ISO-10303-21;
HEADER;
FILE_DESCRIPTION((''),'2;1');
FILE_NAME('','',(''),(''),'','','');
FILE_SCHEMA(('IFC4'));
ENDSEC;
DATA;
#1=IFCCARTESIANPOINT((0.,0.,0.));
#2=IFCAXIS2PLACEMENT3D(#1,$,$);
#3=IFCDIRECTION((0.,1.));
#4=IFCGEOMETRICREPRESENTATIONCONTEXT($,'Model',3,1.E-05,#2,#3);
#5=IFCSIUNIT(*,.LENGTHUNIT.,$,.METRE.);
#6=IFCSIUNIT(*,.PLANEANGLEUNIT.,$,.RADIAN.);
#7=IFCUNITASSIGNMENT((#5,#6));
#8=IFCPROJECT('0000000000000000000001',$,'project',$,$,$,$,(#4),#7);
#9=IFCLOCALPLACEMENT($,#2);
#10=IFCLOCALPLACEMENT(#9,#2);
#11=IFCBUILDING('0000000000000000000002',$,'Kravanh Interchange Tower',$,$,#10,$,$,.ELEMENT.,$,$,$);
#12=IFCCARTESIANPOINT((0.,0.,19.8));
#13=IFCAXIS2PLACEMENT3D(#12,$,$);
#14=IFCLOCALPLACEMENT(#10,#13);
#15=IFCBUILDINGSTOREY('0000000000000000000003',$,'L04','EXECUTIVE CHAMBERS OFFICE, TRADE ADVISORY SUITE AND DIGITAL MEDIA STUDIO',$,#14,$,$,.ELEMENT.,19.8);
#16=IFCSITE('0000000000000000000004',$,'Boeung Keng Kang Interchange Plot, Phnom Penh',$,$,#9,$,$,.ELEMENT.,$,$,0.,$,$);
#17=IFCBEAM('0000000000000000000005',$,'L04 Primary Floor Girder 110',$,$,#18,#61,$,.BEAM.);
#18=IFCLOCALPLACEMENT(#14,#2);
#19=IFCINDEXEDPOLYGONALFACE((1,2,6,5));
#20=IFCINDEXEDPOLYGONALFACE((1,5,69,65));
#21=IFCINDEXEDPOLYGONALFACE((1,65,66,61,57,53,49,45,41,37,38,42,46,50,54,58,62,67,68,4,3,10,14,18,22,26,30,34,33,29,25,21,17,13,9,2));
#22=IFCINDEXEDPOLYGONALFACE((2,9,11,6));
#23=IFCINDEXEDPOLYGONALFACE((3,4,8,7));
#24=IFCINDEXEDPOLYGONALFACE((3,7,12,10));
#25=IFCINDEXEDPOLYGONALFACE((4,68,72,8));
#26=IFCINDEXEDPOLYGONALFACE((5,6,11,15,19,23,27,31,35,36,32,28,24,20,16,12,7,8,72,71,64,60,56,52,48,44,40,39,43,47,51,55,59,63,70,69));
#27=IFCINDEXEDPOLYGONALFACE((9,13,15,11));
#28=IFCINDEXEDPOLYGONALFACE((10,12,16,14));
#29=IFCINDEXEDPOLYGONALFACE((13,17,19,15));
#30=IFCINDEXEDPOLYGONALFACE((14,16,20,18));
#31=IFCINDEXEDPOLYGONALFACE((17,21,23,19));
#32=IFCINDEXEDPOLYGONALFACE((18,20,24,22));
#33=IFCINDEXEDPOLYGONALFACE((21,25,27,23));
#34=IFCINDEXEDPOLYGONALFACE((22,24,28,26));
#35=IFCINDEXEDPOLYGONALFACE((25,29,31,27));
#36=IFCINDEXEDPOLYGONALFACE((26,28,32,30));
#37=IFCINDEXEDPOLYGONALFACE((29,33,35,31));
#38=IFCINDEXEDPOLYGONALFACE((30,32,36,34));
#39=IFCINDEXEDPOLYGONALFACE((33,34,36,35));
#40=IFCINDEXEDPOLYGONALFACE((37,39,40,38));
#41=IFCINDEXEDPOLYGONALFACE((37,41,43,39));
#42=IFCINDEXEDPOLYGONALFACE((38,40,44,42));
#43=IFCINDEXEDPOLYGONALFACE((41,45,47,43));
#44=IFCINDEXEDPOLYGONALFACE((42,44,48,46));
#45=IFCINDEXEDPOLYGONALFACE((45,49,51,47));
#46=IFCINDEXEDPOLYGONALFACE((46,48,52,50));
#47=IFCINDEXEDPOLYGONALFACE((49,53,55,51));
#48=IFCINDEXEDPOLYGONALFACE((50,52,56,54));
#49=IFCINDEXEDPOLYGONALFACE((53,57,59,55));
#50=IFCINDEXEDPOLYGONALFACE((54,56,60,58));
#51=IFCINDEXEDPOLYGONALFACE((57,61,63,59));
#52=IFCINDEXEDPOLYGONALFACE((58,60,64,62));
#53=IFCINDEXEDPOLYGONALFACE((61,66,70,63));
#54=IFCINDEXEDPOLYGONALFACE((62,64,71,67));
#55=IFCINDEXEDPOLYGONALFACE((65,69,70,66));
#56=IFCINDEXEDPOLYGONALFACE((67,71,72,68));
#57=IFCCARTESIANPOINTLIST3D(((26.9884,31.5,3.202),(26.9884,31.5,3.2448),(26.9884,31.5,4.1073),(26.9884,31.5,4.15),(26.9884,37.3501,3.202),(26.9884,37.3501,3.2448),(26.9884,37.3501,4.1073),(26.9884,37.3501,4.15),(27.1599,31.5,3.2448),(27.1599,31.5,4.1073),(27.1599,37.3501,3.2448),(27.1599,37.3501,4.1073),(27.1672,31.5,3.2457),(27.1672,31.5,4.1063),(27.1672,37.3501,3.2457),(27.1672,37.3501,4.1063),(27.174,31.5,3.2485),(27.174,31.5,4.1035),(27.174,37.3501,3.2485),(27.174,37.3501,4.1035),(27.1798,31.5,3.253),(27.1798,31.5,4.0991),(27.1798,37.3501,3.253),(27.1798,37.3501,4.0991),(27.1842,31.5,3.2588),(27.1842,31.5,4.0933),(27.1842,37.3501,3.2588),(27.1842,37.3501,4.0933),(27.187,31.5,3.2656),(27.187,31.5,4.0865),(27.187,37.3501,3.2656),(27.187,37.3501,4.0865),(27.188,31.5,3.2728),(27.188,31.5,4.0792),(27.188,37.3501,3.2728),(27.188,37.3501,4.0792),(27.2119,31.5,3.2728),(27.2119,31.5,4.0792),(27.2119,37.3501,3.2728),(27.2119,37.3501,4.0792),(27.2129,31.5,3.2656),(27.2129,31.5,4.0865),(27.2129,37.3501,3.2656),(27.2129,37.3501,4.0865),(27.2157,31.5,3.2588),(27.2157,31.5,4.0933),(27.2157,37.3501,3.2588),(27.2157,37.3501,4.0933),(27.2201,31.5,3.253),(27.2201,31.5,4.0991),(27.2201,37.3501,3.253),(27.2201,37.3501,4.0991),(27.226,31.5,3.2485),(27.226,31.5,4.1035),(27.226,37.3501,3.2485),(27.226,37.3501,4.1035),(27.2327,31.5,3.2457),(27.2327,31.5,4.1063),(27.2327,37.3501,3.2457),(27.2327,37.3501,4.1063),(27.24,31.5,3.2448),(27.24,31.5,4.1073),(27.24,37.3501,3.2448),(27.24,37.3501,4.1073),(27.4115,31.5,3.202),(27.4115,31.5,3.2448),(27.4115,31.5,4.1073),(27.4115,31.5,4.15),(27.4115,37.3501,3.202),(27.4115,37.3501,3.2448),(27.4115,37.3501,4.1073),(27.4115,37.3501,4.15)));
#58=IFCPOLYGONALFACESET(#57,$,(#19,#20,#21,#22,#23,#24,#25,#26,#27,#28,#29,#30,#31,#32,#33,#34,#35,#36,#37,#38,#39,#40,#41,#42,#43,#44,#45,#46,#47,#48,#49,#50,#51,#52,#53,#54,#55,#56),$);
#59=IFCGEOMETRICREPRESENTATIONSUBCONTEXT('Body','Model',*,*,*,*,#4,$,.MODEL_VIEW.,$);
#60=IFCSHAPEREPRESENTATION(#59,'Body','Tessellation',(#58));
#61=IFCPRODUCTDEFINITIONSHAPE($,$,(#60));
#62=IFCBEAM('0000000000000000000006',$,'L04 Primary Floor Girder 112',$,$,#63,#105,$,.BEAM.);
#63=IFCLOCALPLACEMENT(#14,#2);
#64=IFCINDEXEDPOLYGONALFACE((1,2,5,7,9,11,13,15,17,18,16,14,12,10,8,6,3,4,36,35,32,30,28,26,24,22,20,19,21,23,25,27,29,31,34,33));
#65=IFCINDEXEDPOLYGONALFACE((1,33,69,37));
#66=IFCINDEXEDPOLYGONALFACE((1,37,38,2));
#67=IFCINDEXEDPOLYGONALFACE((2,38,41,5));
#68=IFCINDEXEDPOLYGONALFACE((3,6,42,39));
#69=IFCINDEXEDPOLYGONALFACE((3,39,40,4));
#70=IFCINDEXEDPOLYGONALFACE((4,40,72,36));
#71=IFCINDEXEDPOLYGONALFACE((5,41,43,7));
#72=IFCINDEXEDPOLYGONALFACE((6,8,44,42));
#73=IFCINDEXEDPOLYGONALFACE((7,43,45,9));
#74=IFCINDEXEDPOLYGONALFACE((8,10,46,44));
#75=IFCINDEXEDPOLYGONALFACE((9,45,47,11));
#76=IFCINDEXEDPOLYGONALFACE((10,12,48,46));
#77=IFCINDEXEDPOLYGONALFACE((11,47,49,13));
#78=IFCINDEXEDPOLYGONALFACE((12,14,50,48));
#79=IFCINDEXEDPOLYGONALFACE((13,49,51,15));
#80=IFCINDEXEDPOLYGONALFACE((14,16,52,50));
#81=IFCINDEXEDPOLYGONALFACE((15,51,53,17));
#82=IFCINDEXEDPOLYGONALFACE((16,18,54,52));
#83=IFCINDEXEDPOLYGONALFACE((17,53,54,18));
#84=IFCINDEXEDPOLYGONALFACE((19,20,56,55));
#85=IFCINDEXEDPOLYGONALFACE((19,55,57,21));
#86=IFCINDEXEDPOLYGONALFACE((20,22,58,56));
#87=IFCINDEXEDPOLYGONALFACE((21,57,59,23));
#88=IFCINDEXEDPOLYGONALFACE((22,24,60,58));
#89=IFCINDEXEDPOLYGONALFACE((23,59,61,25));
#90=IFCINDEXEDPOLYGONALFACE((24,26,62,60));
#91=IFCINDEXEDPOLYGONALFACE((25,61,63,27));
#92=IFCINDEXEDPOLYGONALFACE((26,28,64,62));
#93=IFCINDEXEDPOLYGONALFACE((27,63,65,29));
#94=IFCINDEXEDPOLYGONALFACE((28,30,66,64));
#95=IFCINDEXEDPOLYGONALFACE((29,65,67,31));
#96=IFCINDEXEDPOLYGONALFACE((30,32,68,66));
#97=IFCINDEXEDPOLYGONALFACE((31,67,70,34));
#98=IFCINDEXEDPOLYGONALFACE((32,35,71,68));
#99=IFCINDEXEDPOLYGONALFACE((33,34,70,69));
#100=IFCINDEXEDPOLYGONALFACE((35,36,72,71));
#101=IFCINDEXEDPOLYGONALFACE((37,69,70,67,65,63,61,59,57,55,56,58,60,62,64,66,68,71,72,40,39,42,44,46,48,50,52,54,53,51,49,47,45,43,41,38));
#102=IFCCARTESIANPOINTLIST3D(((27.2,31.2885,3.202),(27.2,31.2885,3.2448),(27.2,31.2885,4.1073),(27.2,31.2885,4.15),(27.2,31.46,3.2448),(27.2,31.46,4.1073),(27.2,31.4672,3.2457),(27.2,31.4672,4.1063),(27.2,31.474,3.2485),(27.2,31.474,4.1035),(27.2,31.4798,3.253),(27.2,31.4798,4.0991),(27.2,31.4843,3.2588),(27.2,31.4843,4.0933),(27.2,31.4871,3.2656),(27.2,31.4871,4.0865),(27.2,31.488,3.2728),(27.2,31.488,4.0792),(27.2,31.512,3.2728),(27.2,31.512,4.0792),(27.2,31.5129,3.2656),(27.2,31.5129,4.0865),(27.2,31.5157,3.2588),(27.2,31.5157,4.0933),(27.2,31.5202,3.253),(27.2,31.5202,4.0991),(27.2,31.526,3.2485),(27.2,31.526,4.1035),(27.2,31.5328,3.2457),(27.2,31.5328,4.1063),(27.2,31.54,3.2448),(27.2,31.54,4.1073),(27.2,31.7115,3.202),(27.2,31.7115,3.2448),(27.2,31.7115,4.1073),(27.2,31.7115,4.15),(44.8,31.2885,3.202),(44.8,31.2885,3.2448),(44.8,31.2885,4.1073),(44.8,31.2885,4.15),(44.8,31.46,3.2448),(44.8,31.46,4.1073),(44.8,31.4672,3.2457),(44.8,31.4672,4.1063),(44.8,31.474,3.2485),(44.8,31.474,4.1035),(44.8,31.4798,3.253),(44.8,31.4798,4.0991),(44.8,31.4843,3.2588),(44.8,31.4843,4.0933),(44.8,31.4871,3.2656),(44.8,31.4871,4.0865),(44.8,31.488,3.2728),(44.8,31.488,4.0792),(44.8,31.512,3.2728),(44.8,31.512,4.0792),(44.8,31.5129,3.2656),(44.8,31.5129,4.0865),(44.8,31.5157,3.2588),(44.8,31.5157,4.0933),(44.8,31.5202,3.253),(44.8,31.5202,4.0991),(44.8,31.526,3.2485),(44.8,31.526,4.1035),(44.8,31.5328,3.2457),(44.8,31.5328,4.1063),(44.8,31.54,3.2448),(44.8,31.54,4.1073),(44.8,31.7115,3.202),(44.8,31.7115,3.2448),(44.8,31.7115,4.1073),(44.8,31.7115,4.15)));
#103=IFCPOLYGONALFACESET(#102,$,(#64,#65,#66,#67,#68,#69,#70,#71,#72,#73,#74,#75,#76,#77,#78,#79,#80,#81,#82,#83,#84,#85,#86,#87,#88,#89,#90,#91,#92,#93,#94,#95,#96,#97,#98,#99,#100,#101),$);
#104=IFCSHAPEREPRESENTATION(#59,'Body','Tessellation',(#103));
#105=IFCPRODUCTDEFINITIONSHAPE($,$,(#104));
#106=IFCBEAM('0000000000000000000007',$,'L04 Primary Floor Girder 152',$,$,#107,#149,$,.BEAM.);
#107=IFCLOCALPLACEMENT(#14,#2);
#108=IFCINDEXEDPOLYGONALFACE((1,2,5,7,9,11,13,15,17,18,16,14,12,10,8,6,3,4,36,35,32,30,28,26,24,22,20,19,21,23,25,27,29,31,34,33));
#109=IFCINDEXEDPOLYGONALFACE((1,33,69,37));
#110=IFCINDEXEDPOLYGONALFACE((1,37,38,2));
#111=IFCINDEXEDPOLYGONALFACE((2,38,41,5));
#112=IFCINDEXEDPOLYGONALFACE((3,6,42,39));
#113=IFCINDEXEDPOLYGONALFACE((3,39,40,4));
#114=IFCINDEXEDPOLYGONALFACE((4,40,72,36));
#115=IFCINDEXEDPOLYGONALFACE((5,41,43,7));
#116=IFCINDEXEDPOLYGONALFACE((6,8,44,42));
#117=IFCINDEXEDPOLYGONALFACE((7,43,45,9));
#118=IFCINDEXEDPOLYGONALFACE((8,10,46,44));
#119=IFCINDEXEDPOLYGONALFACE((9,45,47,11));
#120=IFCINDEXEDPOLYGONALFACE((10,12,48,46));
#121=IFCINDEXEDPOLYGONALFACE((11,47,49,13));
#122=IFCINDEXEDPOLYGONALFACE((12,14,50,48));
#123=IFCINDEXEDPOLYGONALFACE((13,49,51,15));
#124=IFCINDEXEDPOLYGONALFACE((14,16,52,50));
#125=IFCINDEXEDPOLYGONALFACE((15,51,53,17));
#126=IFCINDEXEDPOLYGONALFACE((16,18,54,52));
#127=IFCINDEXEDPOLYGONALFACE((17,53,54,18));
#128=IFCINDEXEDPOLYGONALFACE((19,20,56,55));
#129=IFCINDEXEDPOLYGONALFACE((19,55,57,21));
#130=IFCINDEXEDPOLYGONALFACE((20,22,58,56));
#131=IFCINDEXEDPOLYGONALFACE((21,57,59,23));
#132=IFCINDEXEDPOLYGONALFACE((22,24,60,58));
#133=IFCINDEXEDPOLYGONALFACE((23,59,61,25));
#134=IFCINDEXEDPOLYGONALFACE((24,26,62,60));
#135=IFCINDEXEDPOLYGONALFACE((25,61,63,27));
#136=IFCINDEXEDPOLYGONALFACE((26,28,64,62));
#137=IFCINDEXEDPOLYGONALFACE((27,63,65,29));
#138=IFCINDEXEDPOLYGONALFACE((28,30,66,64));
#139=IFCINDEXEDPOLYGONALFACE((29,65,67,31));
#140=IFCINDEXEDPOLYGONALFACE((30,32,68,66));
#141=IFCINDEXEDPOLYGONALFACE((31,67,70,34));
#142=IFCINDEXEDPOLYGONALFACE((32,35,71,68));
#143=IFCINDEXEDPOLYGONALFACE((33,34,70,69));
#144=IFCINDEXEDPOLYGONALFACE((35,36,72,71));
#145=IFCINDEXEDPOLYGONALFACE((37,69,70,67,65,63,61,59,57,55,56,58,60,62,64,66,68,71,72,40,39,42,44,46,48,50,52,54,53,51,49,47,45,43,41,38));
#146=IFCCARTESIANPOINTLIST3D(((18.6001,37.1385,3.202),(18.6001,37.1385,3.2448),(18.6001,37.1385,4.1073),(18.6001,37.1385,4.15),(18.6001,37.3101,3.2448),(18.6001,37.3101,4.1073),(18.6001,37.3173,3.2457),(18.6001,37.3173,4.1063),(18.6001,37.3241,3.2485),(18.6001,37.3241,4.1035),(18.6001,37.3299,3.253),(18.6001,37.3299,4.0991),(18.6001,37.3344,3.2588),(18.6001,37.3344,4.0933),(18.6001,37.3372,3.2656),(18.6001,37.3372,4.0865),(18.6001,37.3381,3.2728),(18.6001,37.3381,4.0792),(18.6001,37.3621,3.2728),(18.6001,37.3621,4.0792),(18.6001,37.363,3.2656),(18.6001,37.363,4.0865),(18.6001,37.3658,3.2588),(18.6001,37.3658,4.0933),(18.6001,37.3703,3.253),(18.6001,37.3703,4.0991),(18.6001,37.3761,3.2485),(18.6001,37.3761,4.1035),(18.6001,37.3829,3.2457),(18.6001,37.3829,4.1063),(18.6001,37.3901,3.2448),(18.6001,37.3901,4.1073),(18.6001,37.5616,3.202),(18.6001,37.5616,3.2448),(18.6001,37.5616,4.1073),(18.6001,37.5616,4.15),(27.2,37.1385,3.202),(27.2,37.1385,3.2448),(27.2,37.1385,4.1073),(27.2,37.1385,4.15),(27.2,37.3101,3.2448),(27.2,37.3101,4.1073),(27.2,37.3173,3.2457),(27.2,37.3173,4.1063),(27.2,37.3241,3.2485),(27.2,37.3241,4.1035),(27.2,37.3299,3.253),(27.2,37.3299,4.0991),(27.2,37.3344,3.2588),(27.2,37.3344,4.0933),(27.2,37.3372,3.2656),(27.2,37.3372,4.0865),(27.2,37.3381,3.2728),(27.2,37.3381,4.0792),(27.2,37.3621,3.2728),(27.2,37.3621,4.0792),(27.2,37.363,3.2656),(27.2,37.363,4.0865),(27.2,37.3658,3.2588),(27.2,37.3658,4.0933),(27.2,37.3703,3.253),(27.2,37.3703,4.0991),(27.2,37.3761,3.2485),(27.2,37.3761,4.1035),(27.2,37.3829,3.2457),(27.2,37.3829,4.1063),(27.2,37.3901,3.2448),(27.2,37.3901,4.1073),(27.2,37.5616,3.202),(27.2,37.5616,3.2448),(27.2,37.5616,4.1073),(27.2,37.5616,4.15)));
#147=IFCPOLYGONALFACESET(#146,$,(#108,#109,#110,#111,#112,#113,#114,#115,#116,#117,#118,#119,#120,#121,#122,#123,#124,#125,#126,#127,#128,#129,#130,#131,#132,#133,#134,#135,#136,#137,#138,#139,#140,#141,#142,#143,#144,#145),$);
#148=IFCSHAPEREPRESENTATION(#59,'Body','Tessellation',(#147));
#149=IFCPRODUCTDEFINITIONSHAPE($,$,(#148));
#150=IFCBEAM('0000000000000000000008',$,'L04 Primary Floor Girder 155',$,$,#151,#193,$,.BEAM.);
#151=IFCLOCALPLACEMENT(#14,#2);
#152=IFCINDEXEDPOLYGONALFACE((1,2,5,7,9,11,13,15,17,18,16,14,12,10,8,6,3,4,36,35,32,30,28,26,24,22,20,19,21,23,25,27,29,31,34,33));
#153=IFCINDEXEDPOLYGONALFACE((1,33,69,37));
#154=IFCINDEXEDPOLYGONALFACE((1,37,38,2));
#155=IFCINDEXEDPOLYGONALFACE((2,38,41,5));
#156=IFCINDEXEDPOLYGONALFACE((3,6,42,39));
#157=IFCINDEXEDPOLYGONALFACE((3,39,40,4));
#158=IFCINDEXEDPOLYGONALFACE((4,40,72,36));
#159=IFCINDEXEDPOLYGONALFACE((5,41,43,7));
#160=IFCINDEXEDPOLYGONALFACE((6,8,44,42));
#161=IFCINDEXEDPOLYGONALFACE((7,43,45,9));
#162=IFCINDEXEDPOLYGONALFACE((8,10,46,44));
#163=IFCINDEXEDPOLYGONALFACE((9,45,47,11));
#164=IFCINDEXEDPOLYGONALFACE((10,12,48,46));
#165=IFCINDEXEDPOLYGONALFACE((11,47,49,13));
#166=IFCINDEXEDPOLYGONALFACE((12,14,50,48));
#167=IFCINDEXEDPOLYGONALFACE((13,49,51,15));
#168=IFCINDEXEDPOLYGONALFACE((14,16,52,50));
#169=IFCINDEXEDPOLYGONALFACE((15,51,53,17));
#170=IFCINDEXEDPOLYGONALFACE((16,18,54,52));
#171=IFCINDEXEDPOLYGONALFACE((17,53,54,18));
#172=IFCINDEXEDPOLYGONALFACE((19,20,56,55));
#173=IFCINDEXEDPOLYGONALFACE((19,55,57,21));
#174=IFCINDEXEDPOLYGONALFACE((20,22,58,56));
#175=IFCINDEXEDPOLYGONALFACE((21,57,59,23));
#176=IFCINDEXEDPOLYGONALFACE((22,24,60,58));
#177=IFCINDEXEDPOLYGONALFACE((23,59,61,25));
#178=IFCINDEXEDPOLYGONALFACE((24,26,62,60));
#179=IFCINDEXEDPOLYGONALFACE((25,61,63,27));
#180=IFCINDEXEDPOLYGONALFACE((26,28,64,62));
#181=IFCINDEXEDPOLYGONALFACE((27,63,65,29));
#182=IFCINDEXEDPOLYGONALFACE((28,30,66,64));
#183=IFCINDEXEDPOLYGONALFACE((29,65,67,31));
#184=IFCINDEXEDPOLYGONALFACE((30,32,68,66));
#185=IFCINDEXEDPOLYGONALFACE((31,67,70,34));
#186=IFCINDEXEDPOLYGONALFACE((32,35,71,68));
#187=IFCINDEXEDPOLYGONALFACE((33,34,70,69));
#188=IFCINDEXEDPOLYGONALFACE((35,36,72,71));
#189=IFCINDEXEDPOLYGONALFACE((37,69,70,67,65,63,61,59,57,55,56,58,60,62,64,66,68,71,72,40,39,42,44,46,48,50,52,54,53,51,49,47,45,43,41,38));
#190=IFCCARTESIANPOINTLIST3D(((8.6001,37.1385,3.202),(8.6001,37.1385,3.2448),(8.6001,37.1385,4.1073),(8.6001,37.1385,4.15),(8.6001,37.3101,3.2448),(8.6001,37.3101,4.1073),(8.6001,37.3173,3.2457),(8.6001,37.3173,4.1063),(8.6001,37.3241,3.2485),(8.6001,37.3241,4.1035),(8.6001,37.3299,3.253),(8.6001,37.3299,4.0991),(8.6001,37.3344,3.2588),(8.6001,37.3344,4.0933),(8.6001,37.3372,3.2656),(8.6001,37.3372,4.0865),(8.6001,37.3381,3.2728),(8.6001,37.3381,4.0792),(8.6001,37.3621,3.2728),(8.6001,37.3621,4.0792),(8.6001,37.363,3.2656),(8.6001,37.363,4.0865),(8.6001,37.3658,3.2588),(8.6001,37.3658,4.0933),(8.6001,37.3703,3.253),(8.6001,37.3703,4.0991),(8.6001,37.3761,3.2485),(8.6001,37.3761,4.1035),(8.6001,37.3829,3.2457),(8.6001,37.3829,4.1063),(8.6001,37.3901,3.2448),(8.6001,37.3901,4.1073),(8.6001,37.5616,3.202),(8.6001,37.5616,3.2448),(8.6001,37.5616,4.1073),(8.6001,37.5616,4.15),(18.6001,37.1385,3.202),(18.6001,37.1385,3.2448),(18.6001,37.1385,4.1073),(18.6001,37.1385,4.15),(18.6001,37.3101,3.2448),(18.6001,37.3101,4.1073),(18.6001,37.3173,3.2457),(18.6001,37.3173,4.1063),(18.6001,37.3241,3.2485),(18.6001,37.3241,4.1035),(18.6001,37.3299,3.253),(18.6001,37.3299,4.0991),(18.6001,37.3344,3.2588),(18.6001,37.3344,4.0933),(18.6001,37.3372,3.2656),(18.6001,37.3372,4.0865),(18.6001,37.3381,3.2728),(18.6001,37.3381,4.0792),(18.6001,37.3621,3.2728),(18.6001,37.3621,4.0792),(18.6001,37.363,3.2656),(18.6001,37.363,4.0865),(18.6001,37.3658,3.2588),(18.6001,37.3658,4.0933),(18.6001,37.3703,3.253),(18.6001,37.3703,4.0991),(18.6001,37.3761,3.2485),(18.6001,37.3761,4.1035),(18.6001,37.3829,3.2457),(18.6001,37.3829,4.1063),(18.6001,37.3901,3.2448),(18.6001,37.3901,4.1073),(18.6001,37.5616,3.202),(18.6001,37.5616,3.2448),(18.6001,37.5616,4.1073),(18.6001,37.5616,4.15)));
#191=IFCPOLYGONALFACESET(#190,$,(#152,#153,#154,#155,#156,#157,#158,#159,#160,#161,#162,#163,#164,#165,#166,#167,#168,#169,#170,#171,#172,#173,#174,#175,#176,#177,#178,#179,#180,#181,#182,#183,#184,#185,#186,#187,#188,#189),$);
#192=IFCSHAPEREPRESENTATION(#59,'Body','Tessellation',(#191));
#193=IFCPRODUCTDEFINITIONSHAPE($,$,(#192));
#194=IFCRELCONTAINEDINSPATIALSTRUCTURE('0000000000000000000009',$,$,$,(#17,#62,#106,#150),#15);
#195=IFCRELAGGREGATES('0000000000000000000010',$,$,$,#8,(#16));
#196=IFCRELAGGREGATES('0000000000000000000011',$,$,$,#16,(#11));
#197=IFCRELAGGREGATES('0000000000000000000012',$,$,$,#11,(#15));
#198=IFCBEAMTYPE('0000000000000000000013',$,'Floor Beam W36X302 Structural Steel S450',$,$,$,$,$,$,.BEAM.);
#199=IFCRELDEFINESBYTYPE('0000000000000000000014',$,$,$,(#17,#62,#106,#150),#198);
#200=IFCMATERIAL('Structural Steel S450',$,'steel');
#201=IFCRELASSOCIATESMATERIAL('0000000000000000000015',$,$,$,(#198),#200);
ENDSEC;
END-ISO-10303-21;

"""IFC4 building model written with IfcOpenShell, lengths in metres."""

from ifc_helpers import new_model, si_unit, direction, frame, origin, origin_2d, place, context, subcontext, project, spatial, i_section, extrude, material, material_profile, profile_set, type_object, element, save


model = new_model("IFC4")

# Units and contexts
model_context = context("Model", 3, precision=1e-05, world=origin(), true_north=direction((0.0, 1.0)))
body_context = subcontext(model_context, "Body", "Model", "MODEL_VIEW")
ifc_project = project(units=[si_unit("LENGTHUNIT", "METRE"), si_unit("PLANEANGLEUNIT", "RADIAN")], contexts=[model_context])

# Site, building, storey
site_placement = place(None, origin())
site = spatial("IfcSite", under=ifc_project, at=site_placement, Name="Boeung Keng Kang Interchange Plot, Phnom Penh", CompositionType="ELEMENT", RefElevation=0.0)
building_placement = place(site_placement, origin())
building = spatial("IfcBuilding", under=site, at=building_placement, Name="Kravanh Interchange Tower", CompositionType="ELEMENT")
storey_placement = place(building_placement, frame((0.0, 0.0, 19.8)))
storey = spatial("IfcBuildingStorey", under=building, at=storey_placement, Name="L04", Description="EXECUTIVE CHAMBERS OFFICE, TRADE ADVISORY SUITE AND DIGITAL MEDIA STUDIO", CompositionType="ELEMENT", Elevation=19.8)

# Beams
ifc_material_1 = material(Name="Structural Steel S450", Category="steel")
ifc_material_profile_1 = material_profile(ifc_material_1, i_section(OverallWidth=0.4231, OverallDepth=0.948, WebThickness=0.0239, FlangeThickness=0.0427, FilletRadius=0.0281, at=origin_2d()), Name="W36X302")
ifc_profile_set_1 = profile_set([ifc_material_profile_1], Name="Structural Steel S450")
beam_type_1 = type_object("IfcBeamType", Name="Floor Beam W36X302 Structural Steel S450", PredefinedType="BEAM", material=ifc_profile_set_1)
beam_1_placement = place(storey_placement, frame((27.2, 31.5, 3.676), z_axis=(0.0, 1.0, 0.0), x_axis=(-1.0, 0.0, 0.0)))
element("IfcBeam", 1, at=beam_1_placement, inside=storey, type_object=beam_type_1, Name="L04 Primary Floor Girder 110", PredefinedType="BEAM", context=body_context, shape_type="SweptSolid", body=[
    extrude(i_section(OverallWidth=0.4231, OverallDepth=0.948, WebThickness=0.0239, FlangeThickness=0.0427, FilletRadius=0.0281, at=origin_2d()), origin(), (0.0, 0.0, 1.0), 5.8501),
])
beam_2_placement = place(storey_placement, frame((27.2, 31.5, 3.676), z_axis=(1.0, 0.0, 0.0), x_axis=(0.0, 1.0, 0.0)))
element("IfcBeam", 2, at=beam_2_placement, inside=storey, type_object=beam_type_1, Name="L04 Primary Floor Girder 112", PredefinedType="BEAM", context=body_context, shape_type="SweptSolid", body=[
    extrude(i_section(OverallWidth=0.4231, OverallDepth=0.948, WebThickness=0.0239, FlangeThickness=0.0427, FilletRadius=0.0281, at=origin_2d()), origin(), (0.0, 0.0, 1.0), 17.6001),
])
beam_3_placement = place(storey_placement, frame((27.2, 37.3501, 3.676), z_axis=(-1.0, 0.0, 0.0), x_axis=(0.0, -1.0, 0.0)))
element("IfcBeam", 3, at=beam_3_placement, inside=storey, type_object=beam_type_1, Name="L04 Primary Floor Girder 152", PredefinedType="BEAM", context=body_context, shape_type="SweptSolid", body=[
    extrude(i_section(OverallWidth=0.4231, OverallDepth=0.948, WebThickness=0.0239, FlangeThickness=0.0427, FilletRadius=0.0281, at=origin_2d()), origin(), (0.0, 0.0, 1.0), 8.5999),
])
beam_4_placement = place(storey_placement, frame((18.6001, 37.3501, 3.676), z_axis=(-1.0, 0.0, 0.0), x_axis=(0.0, -1.0, 0.0)))
element("IfcBeam", 4, at=beam_4_placement, inside=storey, type_object=beam_type_1, Name="L04 Primary Floor Girder 155", PredefinedType="BEAM", context=body_context, shape_type="SweptSolid", body=[
    extrude(i_section(OverallWidth=0.4231, OverallDepth=0.948, WebThickness=0.0239, FlangeThickness=0.0427, FilletRadius=0.0281, at=origin_2d()), origin(), (0.0, 0.0, 1.0), 10.0),
])

save(model, "model.ifc")
